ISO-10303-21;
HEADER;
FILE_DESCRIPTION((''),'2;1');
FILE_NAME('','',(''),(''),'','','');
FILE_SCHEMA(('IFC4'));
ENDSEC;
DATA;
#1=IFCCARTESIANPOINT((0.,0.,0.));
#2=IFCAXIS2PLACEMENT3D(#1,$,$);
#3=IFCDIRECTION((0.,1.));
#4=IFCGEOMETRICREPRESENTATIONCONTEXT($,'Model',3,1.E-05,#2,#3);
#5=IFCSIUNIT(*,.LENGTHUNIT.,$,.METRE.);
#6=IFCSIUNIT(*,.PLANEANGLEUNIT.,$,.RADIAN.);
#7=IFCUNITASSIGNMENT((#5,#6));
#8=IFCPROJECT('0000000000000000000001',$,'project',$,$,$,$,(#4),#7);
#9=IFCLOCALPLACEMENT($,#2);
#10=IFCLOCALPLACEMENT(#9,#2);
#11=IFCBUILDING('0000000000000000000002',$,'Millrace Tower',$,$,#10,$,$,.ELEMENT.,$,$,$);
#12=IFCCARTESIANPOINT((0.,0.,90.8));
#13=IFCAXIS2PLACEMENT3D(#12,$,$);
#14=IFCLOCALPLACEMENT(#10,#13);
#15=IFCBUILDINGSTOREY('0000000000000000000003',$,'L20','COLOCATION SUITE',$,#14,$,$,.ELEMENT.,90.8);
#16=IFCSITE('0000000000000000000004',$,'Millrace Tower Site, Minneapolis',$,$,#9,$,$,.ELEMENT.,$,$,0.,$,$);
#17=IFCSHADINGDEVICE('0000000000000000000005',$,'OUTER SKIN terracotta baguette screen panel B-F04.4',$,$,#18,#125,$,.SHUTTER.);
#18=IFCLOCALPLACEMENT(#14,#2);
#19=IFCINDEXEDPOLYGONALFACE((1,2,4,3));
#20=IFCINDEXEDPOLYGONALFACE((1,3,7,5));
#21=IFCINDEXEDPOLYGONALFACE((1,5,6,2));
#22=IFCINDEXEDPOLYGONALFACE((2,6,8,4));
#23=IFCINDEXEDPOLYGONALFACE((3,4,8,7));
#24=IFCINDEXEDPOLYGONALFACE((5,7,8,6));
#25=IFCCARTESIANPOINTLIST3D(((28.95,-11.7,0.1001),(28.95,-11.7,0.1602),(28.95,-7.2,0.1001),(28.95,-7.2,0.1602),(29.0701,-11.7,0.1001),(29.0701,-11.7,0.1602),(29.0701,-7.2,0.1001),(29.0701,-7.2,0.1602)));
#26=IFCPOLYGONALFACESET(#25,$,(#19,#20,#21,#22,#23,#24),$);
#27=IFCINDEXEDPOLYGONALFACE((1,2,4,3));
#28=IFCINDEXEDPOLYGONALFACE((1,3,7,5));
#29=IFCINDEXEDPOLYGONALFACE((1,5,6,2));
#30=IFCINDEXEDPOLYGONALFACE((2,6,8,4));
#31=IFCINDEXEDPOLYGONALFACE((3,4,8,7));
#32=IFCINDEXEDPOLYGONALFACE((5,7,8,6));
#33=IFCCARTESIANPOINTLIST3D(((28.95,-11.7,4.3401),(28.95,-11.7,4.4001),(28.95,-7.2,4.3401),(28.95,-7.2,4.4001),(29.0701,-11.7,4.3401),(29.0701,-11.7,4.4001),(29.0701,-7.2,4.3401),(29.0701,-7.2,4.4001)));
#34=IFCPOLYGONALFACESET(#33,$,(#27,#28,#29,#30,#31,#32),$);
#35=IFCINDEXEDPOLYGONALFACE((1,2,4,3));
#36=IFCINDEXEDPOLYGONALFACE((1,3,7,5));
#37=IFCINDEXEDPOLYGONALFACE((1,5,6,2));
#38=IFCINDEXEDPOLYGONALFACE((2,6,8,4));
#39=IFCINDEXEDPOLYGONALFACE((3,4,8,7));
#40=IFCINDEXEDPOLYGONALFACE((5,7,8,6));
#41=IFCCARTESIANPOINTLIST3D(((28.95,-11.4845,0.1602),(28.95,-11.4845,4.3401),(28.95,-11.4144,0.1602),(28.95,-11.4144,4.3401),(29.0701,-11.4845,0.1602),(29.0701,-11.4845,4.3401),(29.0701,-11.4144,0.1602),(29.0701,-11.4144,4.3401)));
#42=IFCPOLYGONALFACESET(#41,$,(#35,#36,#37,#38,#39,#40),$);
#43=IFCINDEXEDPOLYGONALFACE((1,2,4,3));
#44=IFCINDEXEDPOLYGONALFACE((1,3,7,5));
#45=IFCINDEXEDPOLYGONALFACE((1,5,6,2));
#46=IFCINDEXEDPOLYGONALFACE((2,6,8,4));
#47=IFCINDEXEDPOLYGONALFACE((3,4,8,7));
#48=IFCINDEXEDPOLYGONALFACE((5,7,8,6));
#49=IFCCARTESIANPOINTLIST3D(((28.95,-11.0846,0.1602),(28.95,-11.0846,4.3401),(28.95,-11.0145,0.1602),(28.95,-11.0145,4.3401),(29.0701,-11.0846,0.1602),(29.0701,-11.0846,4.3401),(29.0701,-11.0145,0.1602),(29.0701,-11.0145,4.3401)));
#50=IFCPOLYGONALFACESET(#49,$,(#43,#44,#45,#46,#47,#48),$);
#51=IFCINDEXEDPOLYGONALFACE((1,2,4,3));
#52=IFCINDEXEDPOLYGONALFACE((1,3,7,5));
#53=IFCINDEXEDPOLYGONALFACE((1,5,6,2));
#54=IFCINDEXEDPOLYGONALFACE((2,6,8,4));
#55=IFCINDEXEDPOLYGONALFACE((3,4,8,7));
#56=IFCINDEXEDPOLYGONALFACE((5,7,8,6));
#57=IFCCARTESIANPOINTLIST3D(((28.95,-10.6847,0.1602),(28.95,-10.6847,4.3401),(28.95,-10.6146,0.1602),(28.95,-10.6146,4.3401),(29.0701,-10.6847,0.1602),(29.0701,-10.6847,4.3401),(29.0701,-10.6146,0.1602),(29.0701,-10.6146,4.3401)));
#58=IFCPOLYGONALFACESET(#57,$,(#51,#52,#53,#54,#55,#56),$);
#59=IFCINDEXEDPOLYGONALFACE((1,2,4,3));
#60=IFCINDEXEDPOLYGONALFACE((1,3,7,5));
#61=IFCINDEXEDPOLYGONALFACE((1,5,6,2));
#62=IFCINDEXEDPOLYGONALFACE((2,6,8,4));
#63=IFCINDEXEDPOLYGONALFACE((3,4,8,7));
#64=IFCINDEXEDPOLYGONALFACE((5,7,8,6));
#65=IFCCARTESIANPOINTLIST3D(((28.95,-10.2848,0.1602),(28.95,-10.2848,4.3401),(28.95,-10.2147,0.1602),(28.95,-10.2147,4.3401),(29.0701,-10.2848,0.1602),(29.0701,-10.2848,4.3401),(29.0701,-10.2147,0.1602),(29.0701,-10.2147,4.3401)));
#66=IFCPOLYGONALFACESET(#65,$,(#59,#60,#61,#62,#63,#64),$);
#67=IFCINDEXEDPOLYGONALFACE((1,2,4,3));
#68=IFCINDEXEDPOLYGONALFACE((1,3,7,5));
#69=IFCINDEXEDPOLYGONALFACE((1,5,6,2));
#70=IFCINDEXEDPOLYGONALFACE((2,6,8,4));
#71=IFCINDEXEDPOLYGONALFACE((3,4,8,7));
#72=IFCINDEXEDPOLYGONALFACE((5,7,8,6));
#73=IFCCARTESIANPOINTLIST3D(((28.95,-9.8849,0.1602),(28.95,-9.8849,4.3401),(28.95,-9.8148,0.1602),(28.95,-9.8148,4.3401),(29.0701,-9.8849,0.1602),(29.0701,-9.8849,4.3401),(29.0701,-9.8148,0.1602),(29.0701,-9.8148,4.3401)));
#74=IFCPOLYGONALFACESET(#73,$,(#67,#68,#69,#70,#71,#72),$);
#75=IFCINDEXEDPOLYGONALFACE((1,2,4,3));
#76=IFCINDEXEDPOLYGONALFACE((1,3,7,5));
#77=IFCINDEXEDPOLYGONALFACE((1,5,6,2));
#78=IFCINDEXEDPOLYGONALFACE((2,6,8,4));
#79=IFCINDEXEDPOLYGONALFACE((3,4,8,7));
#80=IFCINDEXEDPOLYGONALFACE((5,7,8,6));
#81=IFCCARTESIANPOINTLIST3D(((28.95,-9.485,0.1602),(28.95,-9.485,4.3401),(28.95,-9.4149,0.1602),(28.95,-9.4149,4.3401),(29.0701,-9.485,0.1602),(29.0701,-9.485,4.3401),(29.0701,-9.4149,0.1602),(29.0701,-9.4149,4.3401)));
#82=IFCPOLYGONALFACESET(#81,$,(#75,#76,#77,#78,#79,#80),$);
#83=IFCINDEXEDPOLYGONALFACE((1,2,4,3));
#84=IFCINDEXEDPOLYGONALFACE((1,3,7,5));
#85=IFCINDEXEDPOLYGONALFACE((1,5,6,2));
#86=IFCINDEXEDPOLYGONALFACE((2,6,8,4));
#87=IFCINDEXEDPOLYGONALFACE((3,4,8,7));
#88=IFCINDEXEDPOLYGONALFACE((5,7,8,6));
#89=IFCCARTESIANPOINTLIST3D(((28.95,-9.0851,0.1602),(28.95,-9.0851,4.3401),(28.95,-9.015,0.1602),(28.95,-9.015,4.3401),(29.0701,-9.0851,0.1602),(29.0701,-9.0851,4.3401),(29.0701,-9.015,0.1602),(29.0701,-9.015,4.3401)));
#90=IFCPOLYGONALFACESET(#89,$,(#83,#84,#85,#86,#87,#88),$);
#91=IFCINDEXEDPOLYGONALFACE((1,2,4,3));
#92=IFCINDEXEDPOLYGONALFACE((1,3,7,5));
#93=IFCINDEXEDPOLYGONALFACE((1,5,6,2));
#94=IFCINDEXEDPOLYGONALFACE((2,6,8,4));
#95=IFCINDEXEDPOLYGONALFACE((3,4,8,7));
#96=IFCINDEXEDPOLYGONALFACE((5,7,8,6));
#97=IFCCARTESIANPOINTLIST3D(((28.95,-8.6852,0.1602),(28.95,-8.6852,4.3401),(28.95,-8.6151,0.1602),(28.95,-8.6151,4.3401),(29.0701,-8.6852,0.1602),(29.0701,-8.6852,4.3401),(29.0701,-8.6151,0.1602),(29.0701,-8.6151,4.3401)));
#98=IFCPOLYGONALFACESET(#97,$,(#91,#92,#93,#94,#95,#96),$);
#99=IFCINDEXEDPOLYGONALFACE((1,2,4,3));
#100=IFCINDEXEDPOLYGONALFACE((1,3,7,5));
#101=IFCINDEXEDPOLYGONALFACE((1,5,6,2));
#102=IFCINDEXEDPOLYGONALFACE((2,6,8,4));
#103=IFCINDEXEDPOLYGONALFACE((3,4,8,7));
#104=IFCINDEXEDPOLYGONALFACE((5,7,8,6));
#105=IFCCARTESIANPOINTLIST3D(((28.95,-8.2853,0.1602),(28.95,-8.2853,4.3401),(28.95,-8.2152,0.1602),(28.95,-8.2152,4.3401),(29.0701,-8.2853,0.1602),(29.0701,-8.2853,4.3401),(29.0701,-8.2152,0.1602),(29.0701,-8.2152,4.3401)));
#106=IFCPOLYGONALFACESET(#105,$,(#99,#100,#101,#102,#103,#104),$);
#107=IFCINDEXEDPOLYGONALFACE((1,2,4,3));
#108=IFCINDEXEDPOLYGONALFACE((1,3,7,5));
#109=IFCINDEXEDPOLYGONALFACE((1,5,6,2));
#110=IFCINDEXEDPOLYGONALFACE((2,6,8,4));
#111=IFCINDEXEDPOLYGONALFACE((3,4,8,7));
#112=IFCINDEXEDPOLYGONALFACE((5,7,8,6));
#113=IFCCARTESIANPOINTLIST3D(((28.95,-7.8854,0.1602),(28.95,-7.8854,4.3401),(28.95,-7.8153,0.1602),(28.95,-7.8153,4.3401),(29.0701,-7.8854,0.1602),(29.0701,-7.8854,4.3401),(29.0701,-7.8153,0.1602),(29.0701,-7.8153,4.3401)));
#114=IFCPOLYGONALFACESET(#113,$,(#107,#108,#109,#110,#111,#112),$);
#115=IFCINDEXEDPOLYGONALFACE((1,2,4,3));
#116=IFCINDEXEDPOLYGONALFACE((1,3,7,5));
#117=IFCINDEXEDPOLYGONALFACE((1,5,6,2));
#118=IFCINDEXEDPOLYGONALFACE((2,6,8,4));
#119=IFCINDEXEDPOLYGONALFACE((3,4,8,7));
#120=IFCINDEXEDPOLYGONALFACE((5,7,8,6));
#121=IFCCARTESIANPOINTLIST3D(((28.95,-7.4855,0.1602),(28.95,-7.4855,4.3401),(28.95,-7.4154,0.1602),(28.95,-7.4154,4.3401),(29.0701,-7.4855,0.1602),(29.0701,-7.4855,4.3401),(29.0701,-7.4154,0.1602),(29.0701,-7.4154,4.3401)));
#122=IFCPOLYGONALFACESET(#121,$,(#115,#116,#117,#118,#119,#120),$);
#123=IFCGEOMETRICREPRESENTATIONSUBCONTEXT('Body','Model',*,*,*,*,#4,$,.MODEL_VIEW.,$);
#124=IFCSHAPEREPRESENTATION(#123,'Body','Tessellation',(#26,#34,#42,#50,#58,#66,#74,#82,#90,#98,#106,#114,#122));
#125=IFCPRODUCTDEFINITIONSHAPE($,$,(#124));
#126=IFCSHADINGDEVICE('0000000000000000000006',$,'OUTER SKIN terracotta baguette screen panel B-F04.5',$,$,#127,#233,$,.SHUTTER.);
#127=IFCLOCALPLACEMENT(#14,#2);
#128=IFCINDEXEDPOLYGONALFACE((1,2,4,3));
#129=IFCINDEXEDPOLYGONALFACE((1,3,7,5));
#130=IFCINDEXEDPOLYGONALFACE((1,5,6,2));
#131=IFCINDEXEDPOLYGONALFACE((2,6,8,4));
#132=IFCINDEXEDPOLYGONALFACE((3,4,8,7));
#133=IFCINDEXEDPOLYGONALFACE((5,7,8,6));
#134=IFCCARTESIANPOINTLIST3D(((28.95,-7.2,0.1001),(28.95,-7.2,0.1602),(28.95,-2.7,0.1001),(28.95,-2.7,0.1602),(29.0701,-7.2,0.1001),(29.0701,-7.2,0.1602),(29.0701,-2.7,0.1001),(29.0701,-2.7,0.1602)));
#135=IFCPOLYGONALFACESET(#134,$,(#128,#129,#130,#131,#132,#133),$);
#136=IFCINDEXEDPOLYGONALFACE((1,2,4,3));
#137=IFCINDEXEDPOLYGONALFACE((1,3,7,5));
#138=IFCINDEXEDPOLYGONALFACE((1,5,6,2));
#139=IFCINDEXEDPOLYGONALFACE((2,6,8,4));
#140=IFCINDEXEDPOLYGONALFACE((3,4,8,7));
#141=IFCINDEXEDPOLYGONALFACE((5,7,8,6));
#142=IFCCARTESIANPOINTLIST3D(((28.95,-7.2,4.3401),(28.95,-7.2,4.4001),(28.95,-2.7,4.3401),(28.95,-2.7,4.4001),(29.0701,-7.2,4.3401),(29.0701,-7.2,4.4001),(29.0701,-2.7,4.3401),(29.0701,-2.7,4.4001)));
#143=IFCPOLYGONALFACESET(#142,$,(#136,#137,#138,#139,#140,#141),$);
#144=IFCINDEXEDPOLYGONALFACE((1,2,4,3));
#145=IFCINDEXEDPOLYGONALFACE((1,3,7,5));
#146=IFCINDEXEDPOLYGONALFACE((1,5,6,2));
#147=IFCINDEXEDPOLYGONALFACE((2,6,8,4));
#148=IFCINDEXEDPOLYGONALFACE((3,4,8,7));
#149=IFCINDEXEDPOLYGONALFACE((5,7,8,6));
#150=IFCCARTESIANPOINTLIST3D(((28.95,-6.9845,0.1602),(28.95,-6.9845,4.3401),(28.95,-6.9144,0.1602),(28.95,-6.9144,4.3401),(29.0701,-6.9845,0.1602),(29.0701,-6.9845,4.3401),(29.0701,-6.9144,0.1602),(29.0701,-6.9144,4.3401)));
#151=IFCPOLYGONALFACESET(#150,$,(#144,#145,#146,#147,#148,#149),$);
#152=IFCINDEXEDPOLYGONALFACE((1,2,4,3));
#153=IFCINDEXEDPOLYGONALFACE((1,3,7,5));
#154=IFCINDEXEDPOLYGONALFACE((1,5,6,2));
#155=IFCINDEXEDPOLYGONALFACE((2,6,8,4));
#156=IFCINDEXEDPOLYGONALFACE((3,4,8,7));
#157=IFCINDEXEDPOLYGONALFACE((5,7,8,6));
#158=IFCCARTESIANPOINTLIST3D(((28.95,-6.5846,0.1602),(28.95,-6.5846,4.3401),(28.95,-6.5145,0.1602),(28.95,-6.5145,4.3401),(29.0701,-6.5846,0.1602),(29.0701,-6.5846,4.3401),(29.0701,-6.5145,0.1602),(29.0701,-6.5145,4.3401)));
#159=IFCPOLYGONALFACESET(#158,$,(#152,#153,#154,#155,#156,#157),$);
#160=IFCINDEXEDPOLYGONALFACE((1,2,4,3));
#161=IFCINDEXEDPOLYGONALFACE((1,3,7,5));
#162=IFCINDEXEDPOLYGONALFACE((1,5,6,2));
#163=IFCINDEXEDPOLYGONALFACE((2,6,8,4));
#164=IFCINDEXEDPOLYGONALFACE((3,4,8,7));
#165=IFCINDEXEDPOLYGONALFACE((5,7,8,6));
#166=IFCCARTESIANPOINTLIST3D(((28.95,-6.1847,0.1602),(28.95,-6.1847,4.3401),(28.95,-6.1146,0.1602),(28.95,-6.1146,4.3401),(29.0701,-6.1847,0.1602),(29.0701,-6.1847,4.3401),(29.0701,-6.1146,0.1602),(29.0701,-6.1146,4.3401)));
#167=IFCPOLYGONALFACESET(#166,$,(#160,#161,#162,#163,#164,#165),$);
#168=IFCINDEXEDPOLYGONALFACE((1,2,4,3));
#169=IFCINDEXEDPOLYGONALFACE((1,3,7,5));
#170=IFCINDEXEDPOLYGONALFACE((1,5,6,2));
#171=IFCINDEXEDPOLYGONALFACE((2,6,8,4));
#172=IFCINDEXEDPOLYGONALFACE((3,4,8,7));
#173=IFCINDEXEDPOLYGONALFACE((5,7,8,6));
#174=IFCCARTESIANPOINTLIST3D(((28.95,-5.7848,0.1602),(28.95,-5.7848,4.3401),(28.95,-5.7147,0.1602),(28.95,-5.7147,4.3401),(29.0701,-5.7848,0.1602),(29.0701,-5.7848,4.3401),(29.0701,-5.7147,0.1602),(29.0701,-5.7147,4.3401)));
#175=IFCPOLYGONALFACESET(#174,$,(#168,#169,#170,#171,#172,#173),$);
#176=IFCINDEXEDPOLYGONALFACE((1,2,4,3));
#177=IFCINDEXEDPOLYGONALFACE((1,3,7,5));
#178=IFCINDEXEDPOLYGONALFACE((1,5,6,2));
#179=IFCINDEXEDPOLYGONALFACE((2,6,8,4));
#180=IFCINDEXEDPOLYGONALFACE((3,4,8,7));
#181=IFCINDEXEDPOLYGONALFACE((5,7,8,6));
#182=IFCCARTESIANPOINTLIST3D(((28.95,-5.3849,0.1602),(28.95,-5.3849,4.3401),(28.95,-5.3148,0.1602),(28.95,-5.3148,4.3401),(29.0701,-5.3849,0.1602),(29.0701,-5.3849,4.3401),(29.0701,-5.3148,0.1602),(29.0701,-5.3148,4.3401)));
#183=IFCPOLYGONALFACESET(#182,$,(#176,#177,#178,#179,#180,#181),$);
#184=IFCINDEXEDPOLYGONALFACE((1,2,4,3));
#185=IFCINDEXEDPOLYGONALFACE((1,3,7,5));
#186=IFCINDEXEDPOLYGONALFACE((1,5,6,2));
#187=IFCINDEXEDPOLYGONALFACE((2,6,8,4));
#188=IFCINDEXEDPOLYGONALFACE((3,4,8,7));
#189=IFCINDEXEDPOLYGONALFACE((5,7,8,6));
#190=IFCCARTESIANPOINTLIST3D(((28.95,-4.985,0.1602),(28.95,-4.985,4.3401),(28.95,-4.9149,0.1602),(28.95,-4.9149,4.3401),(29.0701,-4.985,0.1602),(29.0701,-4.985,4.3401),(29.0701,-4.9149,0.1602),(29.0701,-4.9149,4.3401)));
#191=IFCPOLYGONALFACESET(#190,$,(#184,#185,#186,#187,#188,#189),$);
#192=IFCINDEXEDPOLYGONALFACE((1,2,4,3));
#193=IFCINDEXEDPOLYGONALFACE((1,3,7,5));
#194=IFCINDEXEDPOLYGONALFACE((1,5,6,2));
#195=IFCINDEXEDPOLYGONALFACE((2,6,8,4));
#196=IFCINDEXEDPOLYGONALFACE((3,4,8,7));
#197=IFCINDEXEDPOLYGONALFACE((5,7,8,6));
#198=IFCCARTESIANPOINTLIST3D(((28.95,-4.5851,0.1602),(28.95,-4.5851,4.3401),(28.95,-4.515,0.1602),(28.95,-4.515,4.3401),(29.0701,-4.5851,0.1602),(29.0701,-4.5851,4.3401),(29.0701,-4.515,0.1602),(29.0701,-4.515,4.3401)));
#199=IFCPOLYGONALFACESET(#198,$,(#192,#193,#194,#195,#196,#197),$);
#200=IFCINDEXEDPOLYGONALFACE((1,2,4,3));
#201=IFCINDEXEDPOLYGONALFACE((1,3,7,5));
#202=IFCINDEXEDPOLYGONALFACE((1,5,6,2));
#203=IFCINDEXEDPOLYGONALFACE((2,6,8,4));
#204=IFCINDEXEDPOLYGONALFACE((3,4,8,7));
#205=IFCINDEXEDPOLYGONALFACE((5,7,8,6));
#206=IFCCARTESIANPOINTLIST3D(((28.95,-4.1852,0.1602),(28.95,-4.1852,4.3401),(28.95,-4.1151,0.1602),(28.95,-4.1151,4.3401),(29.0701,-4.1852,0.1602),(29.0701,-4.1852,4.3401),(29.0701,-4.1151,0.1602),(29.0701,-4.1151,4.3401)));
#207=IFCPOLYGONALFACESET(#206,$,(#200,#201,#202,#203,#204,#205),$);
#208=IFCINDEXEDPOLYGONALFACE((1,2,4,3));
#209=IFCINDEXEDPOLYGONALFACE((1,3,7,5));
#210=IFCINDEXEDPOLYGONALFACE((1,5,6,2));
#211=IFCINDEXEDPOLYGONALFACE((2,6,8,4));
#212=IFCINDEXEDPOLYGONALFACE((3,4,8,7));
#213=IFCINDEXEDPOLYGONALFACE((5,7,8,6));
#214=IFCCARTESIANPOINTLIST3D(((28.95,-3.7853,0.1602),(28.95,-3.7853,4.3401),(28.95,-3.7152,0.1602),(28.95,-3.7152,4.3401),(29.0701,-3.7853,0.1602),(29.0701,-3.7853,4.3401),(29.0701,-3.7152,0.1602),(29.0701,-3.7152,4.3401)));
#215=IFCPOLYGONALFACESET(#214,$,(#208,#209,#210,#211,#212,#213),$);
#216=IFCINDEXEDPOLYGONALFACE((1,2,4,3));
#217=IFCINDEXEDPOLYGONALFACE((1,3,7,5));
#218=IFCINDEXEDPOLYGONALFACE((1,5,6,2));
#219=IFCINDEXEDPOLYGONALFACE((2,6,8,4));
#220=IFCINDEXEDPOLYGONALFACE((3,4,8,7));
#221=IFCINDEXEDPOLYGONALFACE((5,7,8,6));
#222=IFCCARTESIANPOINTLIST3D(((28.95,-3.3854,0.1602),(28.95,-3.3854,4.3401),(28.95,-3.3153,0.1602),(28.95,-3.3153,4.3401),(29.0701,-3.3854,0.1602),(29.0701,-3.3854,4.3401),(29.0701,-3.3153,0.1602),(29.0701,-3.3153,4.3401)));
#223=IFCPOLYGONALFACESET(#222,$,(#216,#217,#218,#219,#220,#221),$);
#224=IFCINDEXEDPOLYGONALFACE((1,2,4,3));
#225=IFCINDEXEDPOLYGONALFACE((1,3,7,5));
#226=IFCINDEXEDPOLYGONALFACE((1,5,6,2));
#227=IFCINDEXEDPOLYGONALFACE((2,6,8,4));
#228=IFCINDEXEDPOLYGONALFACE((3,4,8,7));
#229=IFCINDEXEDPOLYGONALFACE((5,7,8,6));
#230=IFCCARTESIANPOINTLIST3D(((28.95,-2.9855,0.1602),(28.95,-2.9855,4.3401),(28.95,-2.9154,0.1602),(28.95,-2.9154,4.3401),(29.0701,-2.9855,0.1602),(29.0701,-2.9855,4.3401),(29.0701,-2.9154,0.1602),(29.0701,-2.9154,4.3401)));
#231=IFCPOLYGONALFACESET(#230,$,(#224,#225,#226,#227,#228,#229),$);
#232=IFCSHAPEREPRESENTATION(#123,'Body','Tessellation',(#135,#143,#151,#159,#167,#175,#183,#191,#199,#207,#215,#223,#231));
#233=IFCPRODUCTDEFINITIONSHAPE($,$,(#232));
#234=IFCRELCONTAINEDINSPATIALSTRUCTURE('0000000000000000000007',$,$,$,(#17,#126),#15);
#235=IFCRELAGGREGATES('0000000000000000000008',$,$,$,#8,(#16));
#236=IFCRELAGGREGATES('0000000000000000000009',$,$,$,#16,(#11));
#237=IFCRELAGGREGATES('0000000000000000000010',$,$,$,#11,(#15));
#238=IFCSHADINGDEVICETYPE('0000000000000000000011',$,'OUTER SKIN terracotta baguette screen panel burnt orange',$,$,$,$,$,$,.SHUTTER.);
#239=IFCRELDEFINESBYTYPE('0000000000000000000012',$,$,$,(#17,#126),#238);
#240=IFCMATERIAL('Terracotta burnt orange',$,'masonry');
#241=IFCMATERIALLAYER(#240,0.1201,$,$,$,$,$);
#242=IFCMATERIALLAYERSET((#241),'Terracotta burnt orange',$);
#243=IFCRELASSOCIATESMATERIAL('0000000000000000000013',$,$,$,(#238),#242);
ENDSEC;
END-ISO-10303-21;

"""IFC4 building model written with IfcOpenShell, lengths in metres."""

from ifc_helpers import new_model, entity, si_unit, direction, frame, frame_2d, origin, origin_2d, place, context, subcontext, project, spatial, rectangle, extrude, source, transform, mapped, material, layer, layer_set, type_object, element, save


model = new_model("IFC4")

# Units and contexts
model_context = context("Model", 3, precision=1e-05, world=origin(), true_north=direction((0.0, 1.0)))
body_context = subcontext(model_context, "Body", "Model", "MODEL_VIEW")
ifc_project = project(units=[si_unit("LENGTHUNIT", "METRE"), si_unit("PLANEANGLEUNIT", "RADIAN")], contexts=[model_context])

# Site, building, storey
site_placement = place(None, origin())
site = spatial("IfcSite", under=ifc_project, at=site_placement, Name="Millrace Tower Site, Minneapolis", CompositionType="ELEMENT", RefElevation=0.0)
building_placement = place(site_placement, origin())
building = spatial("IfcBuilding", under=site, at=building_placement, Name="Millrace Tower", CompositionType="ELEMENT")
storey_placement = place(building_placement, frame((0.0, 0.0, 90.8)))
storey = spatial("IfcBuildingStorey", under=building, at=storey_placement, Name="L20", Description="COLOCATION SUITE", CompositionType="ELEMENT", Elevation=90.8)

# Shading devices
ifc_material_1 = material(Name="Terracotta burnt orange", Category="masonry")
ifc_layer_1 = layer(ifc_material_1, 0.1201)
ifc_layer_set_1 = layer_set([ifc_layer_1], Name="Terracotta burnt orange")
shading_device_type = type_object("IfcShadingDeviceType", Name="OUTER SKIN terracotta baguette screen panel burnt orange", PredefinedType="SHUTTER", material=ifc_layer_set_1)
cartesian_point = entity("IfcCartesianPoint", [-2.25, 0.0601])
shared_polyline = entity("IfcPolyline", [cartesian_point, entity("IfcCartesianPoint", [2.25, 0.0601]), entity("IfcCartesianPoint", [2.25, -0.0601]), entity("IfcCartesianPoint", [-2.25, -0.0601]), cartesian_point])
shared_shape = source(origin(), body_context, "Body", "SweptSolid", [
    entity("IfcExtrudedAreaSolid", entity("IfcArbitraryClosedProfileDef", "AREA", None, shared_polyline), entity("IfcAxis2Placement3D", entity("IfcCartesianPoint", [0.0, 0.0, 0.0])), entity("IfcDirection", [0.0, 0.0, 1.0]), 0.0601),
    entity("IfcExtrudedAreaSolid", entity("IfcArbitraryClosedProfileDef", "AREA", None, shared_polyline), entity("IfcAxis2Placement3D", entity("IfcCartesianPoint", [0.0, 0.0, 4.24])), entity("IfcDirection", [0.0, 0.0, 1.0]), 0.0601),
    extrude(rectangle(XDim=0.0701, YDim=0.1201, at=frame_2d((-1.9995, 0.0))), frame((0.0, 0.0, 0.0601)), (0.0, 0.0, 1.0), 4.1799),
    extrude(rectangle(XDim=0.0701, YDim=0.1201, at=frame_2d((-1.5996, 0.0))), frame((0.0, 0.0, 0.0601)), (0.0, 0.0, 1.0), 4.1799),
    extrude(rectangle(XDim=0.0701, YDim=0.1201, at=frame_2d((-1.1997, 0.0))), frame((0.0, 0.0, 0.0601)), (0.0, 0.0, 1.0), 4.1799),
    extrude(rectangle(XDim=0.0701, YDim=0.1201, at=frame_2d((-0.7998, 0.0))), frame((0.0, 0.0, 0.0601)), (0.0, 0.0, 1.0), 4.1799),
    extrude(rectangle(XDim=0.0701, YDim=0.1201, at=frame_2d((-0.3999, 0.0))), frame((0.0, 0.0, 0.0601)), (0.0, 0.0, 1.0), 4.1799),
    extrude(rectangle(XDim=0.0701, YDim=0.1201, at=origin_2d()), frame((0.0, 0.0, 0.0601)), (0.0, 0.0, 1.0), 4.1799),
    extrude(rectangle(XDim=0.0701, YDim=0.1201, at=frame_2d((0.3999, 0.0))), frame((0.0, 0.0, 0.0601)), (0.0, 0.0, 1.0), 4.1799),
    extrude(rectangle(XDim=0.0701, YDim=0.1201, at=frame_2d((0.7998, 0.0))), frame((0.0, 0.0, 0.0601)), (0.0, 0.0, 1.0), 4.1799),
    extrude(rectangle(XDim=0.0701, YDim=0.1201, at=frame_2d((1.1997, 0.0))), frame((0.0, 0.0, 0.0601)), (0.0, 0.0, 1.0), 4.1799),
    extrude(rectangle(XDim=0.0701, YDim=0.1201, at=frame_2d((1.5996, 0.0))), frame((0.0, 0.0, 0.0601)), (0.0, 0.0, 1.0), 4.1799),
    extrude(rectangle(XDim=0.0701, YDim=0.1201, at=frame_2d((1.9995, 0.0))), frame((0.0, 0.0, 0.0601)), (0.0, 0.0, 1.0), 4.1799),
])
for number, where, z_axis, x_axis, name in (
    (1, (29.01, -9.45, 0.1001), (0.0, 0.0, 1.0), (0.0, 1.0, 0.0), "OUTER SKIN terracotta baguette screen panel B-F04.4"),
    (2, (29.01, -4.95, 0.1001), (0.0, 0.0, 1.0), (0.0, 1.0, 0.0), "OUTER SKIN terracotta baguette screen panel B-F04.5"),
):
    element("IfcShadingDevice", number, at=place(storey_placement, frame(where, z_axis=z_axis, x_axis=x_axis)), inside=storey, type_object=shading_device_type, Name=name, PredefinedType="SHUTTER", context=body_context, shape_type="MappedRepresentation", body=[
        mapped(shared_shape, transform((0.0, 0.0, 0.0), scale=1.0)),
    ])

save(model, "model.ifc")
